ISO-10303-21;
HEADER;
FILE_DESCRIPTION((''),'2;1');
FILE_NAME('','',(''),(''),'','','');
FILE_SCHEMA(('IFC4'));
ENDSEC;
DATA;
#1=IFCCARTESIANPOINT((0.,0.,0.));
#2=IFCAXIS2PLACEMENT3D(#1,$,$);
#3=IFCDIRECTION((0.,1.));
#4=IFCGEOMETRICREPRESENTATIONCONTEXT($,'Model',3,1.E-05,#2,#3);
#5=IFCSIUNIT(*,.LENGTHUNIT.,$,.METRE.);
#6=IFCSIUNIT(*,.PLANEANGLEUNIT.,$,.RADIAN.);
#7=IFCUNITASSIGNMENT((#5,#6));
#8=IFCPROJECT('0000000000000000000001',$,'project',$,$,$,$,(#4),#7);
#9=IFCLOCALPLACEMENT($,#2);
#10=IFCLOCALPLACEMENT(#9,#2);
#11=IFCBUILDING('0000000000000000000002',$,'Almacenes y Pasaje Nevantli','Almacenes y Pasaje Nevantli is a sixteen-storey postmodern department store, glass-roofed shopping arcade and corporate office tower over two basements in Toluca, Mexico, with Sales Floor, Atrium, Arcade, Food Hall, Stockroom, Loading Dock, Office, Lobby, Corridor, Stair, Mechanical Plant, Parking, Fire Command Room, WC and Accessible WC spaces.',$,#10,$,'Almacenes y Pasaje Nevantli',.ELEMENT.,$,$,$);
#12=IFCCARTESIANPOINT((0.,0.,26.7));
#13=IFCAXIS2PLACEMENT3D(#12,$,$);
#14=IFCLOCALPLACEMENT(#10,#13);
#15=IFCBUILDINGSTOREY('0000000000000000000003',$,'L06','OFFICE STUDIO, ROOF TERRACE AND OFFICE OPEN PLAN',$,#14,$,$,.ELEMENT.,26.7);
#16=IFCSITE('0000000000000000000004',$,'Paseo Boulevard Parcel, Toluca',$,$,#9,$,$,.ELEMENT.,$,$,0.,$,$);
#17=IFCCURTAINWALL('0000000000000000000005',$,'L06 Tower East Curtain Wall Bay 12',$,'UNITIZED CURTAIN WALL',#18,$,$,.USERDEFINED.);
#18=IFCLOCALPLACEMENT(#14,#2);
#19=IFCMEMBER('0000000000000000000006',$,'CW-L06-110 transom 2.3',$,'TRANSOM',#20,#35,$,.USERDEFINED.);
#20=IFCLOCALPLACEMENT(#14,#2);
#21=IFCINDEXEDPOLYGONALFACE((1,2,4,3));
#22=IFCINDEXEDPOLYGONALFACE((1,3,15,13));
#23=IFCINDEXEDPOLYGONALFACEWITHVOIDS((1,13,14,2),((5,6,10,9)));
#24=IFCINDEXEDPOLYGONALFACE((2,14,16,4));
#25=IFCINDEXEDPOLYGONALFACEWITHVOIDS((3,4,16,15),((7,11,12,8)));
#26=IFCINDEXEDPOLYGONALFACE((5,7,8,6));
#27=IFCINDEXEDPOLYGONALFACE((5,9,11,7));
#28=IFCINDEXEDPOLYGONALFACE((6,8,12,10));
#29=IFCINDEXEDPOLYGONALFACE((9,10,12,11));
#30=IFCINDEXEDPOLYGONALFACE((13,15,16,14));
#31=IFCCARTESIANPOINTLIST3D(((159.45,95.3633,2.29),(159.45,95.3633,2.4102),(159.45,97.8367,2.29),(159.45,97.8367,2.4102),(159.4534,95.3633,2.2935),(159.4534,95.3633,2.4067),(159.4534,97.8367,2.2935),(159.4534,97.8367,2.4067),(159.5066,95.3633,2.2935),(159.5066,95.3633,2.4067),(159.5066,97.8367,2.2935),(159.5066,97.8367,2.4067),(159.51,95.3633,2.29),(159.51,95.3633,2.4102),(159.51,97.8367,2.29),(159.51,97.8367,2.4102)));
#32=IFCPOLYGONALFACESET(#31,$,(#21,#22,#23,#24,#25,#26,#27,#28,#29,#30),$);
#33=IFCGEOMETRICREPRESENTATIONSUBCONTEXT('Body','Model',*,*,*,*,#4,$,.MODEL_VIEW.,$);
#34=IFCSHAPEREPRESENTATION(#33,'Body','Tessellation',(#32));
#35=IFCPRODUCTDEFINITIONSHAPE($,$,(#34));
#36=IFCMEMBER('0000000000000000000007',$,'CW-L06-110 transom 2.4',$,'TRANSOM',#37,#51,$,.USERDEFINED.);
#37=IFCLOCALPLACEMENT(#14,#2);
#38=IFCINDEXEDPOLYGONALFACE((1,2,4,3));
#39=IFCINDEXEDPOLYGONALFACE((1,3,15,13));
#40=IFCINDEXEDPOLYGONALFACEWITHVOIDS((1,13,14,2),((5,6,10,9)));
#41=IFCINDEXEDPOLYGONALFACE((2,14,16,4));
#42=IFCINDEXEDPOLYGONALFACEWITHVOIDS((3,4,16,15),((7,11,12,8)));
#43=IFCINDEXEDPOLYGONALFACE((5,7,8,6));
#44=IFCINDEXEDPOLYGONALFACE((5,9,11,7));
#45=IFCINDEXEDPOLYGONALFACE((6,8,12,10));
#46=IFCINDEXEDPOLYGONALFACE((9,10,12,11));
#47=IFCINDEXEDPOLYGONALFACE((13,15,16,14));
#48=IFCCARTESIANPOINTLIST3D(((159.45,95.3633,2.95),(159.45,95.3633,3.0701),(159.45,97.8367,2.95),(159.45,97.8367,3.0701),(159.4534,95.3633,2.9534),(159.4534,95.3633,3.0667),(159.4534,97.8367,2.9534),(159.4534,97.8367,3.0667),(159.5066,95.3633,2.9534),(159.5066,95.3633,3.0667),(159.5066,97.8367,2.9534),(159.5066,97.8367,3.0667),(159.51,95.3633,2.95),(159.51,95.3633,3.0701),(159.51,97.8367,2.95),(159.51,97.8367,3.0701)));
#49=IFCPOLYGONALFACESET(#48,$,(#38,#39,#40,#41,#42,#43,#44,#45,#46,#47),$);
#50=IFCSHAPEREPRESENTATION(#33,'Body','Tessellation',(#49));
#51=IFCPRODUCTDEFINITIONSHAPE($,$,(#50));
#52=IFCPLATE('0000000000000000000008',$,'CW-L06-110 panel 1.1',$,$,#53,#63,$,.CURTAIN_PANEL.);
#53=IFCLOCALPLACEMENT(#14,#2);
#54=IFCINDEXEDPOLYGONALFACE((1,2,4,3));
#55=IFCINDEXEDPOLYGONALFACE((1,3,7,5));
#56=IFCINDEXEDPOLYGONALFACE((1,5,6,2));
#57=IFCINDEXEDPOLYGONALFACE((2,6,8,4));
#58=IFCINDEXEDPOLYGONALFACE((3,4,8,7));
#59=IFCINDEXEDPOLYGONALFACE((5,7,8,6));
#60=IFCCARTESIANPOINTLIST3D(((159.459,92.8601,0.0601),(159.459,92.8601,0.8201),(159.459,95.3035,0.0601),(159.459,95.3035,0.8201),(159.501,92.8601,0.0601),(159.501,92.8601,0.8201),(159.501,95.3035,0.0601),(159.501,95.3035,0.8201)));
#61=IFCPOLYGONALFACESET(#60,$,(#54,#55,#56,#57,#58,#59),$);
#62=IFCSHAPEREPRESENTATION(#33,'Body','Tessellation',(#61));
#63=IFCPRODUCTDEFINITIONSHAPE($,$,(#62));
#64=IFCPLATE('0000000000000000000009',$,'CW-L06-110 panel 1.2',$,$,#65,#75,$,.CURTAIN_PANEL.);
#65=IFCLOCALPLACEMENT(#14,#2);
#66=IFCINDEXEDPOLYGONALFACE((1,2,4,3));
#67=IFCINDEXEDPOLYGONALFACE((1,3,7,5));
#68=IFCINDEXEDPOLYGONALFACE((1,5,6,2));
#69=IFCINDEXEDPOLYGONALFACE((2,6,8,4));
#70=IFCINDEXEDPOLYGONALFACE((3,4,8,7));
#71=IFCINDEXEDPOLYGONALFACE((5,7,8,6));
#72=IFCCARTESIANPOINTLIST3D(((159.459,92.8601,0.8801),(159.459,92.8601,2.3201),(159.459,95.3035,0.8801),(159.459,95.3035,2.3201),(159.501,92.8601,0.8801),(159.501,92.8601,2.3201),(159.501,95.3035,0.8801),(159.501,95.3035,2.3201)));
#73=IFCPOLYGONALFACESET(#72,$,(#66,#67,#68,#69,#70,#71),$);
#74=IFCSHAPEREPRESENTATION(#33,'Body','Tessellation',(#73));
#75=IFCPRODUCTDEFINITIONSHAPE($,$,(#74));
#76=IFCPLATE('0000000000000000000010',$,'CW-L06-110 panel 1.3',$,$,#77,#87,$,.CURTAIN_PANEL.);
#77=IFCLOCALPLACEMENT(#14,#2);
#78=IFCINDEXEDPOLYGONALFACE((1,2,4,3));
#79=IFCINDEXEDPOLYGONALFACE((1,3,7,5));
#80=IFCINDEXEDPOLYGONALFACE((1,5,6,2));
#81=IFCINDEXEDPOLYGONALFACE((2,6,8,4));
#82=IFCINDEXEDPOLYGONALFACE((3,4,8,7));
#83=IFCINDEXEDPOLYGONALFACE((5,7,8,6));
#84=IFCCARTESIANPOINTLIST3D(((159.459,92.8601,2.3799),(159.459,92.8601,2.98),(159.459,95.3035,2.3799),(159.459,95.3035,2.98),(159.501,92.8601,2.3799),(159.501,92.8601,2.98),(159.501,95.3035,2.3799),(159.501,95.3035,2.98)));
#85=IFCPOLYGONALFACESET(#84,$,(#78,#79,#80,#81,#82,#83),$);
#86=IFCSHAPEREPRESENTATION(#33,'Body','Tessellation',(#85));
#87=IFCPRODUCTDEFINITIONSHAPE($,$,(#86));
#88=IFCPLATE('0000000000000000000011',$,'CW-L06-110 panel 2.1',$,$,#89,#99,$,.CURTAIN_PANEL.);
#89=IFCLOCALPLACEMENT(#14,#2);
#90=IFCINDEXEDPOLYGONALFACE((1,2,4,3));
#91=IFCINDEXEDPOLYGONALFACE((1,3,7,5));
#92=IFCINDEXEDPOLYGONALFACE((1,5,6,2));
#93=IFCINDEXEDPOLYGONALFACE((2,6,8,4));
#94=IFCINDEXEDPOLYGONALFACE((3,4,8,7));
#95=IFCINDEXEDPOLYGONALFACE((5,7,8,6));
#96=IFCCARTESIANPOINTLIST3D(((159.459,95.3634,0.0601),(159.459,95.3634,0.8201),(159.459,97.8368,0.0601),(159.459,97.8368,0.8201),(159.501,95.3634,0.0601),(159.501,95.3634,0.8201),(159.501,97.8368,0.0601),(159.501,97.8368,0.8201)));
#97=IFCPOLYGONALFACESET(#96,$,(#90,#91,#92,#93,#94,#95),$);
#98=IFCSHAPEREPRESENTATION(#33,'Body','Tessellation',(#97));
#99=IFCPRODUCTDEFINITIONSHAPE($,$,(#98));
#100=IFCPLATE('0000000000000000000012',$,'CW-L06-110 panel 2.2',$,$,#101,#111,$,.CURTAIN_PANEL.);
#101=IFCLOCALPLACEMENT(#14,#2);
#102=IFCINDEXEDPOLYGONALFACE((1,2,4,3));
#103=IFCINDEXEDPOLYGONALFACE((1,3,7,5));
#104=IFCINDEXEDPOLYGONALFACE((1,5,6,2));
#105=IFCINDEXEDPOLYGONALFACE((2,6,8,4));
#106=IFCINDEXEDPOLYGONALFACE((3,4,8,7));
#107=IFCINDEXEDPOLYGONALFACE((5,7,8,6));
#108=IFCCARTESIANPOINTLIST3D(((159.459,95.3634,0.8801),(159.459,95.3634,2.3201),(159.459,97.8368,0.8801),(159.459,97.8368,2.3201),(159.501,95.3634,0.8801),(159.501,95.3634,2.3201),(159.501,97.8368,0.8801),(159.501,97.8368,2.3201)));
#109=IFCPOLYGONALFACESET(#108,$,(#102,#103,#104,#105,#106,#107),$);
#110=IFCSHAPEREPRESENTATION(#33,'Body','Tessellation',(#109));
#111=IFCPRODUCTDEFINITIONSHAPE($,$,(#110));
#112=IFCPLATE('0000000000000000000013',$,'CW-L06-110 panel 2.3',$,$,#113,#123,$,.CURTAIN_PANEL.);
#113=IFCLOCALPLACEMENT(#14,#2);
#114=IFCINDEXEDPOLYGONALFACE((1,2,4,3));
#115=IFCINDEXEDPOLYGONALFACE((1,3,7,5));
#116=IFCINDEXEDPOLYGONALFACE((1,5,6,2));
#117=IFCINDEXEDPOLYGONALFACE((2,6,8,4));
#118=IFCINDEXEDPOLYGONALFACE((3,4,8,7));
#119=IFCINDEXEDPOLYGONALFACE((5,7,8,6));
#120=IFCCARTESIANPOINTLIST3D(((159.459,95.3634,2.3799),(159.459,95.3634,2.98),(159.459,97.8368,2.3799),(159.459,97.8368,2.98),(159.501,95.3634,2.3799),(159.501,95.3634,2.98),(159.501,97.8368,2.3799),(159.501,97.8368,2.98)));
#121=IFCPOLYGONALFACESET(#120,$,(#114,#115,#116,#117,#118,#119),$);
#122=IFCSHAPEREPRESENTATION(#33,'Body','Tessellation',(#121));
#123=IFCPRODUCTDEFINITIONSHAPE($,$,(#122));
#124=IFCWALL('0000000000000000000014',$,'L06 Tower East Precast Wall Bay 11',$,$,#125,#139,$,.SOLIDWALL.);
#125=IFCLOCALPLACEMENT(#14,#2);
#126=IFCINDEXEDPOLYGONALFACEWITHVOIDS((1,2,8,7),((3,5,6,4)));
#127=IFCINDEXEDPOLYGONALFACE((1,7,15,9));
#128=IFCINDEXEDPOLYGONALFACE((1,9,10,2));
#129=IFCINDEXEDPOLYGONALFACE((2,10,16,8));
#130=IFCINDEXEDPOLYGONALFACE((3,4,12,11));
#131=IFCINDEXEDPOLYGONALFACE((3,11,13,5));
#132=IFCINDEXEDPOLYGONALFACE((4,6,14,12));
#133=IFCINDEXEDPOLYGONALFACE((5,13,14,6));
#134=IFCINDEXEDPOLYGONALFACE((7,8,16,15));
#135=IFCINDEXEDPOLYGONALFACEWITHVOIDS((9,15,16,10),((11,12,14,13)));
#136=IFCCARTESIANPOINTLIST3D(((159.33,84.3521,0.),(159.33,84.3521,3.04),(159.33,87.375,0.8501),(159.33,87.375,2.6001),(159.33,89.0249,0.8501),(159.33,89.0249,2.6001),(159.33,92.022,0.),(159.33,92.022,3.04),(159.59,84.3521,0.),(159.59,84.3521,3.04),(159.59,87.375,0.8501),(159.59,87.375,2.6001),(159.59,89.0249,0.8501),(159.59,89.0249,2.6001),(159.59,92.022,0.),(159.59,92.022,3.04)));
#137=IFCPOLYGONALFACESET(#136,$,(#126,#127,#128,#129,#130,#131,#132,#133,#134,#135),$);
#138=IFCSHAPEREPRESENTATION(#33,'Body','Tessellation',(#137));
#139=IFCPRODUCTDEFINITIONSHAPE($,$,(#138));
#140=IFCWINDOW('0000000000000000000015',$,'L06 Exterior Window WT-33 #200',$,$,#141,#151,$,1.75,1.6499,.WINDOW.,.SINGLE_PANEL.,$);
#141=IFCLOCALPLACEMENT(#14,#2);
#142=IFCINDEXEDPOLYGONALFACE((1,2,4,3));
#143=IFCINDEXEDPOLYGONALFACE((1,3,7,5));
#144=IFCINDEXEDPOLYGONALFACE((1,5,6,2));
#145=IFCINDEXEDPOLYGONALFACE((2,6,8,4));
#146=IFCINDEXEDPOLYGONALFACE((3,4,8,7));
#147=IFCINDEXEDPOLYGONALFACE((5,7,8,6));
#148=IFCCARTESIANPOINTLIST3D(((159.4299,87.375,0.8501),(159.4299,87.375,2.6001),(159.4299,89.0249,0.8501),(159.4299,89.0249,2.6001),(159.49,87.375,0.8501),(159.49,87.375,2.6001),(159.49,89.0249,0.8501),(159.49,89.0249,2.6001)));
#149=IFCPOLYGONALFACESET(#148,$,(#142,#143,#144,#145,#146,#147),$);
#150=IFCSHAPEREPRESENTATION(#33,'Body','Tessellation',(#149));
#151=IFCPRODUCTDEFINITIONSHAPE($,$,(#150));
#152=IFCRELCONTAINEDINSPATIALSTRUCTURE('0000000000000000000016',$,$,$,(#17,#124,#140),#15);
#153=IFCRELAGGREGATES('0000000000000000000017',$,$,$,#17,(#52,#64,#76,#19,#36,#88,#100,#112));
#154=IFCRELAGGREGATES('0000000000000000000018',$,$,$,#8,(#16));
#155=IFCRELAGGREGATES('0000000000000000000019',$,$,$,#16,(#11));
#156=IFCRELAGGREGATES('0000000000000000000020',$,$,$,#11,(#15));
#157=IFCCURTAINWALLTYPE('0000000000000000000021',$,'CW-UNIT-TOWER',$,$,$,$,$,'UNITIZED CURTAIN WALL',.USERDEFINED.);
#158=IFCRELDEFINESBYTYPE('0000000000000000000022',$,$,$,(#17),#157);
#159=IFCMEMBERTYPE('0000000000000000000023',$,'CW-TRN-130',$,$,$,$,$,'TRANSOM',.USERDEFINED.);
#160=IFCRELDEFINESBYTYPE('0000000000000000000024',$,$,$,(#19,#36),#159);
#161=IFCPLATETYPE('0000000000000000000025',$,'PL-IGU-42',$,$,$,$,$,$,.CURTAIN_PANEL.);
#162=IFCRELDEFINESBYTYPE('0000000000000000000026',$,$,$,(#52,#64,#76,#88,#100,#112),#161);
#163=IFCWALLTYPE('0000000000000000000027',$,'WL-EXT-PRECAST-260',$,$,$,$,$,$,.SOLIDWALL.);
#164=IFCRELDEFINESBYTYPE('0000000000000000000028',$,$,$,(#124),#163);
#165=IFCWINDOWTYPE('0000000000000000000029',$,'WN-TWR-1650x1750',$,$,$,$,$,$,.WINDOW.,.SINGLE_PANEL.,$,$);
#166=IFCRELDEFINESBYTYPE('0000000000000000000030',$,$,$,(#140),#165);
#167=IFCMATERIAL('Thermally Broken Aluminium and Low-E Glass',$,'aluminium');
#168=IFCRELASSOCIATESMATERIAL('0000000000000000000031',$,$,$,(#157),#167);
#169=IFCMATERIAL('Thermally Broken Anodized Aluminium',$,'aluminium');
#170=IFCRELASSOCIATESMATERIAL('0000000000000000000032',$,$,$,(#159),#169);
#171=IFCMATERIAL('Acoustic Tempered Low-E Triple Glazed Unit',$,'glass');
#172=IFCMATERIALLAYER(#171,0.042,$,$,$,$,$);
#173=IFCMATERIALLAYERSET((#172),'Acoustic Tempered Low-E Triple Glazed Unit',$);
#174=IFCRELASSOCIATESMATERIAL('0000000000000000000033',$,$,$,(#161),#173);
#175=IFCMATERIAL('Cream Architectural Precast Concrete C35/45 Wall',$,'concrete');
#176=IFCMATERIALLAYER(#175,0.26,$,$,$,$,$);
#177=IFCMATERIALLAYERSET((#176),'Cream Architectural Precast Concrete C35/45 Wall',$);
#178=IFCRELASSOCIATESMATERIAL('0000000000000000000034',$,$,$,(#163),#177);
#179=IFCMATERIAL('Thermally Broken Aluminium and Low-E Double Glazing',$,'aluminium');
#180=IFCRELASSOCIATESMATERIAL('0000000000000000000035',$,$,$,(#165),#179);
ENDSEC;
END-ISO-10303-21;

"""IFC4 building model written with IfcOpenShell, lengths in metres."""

from ifc_helpers import new_model, si_unit, direction, frame, frame_2d, origin, origin_2d, place, context, subcontext, project, spatial, rectangle, hollow_rectangle, extrude, material, layer, layer_set, material_profile, profile_set, type_object, element, fill, aggregate, save


model = new_model("IFC4")

# Units and contexts
model_context = context("Model", 3, precision=1e-05, world=origin(), true_north=direction((0.0, 1.0)))
body_context = subcontext(model_context, "Body", "Model", "MODEL_VIEW")
ifc_project = project(units=[si_unit("LENGTHUNIT", "METRE"), si_unit("PLANEANGLEUNIT", "RADIAN")], contexts=[model_context])

# Site, building, storey
site_placement = place(None, origin())
site = spatial("IfcSite", under=ifc_project, at=site_placement, Name="Paseo Boulevard Parcel, Toluca", CompositionType="ELEMENT", RefElevation=0.0)
building_placement = place(site_placement, origin())
building = spatial("IfcBuilding", under=site, at=building_placement, Name="Almacenes y Pasaje Nevantli", Description="Almacenes y Pasaje Nevantli is a sixteen-storey postmodern department store, glass-roofed shopping arcade and corporate office tower over two basements in Toluca, Mexico, with Sales Floor, Atrium, Arcade, Food Hall, Stockroom, Loading Dock, Office, Lobby, Corridor, Stair, Mechanical Plant, Parking, Fire Command Room, WC and Accessible WC spaces.", LongName="Almacenes y Pasaje Nevantli", CompositionType="ELEMENT")
storey_placement = place(building_placement, frame((0.0, 0.0, 26.7)))
storey = spatial("IfcBuildingStorey", under=building, at=storey_placement, Name="L06", Description="OFFICE STUDIO, ROOF TERRACE AND OFFICE OPEN PLAN", CompositionType="ELEMENT", Elevation=26.7)

# Curtain wall, members, plates
ifc_material_1 = material(Name="Thermally Broken Aluminium and Low-E Glass", Category="aluminium")
curtain_wall_type = type_object("IfcCurtainWallType", Name="CW-UNIT-TOWER", ElementType="UNITIZED CURTAIN WALL", PredefinedType="USERDEFINED", material=ifc_material_1)
curtain_wall_placement = place(storey_placement, origin())
curtain_wall = element("IfcCurtainWall", 1, at=curtain_wall_placement, inside=storey, type_object=curtain_wall_type, Name="L06 Tower East Curtain Wall Bay 12", ObjectType="UNITIZED CURTAIN WALL", PredefinedType="USERDEFINED")
ifc_material_2 = material(Name="Thermally Broken Anodized Aluminium", Category="aluminium")
ifc_material_profile_1 = material_profile(ifc_material_2, hollow_rectangle(XDim=0.0601, YDim=0.1201, WallThickness=0.0034, at=origin_2d()), Name="ALU-TRN-60x120")
ifc_profile_set_1 = profile_set([ifc_material_profile_1], Name="Thermally Broken Anodized Aluminium")
member_type_1 = type_object("IfcMemberType", Name="CW-TRN-130", ElementType="TRANSOM", PredefinedType="USERDEFINED", material=ifc_profile_set_1)
member_1_placement = place(storey_placement, frame((159.48, 95.3633, 2.3501), z_axis=(0.0, 1.0, 0.0), x_axis=(-1.0, 0.0, 0.0)))
member_1 = element("IfcMember", 2, at=member_1_placement, type_object=member_type_1, Name="CW-L06-110 transom 2.3", ObjectType="TRANSOM", PredefinedType="USERDEFINED", context=body_context, shape_type="SweptSolid", body=[
    extrude(hollow_rectangle(XDim=0.0601, YDim=0.1201, WallThickness=0.0034, at=origin_2d()), origin(), (0.0, 0.0, 1.0), 2.4734),
])
member_2_placement = place(storey_placement, frame((159.48, 95.3633, 3.01), z_axis=(0.0, 1.0, 0.0), x_axis=(-1.0, 0.0, 0.0)))
member_2 = element("IfcMember", 3, at=member_2_placement, type_object=member_type_1, Name="CW-L06-110 transom 2.4", ObjectType="TRANSOM", PredefinedType="USERDEFINED", context=body_context, shape_type="SweptSolid", body=[
    extrude(hollow_rectangle(XDim=0.0601, YDim=0.1201, WallThickness=0.0034, at=origin_2d()), origin(), (0.0, 0.0, 1.0), 2.4734),
])
ifc_material_3 = material(Name="Acoustic Tempered Low-E Triple Glazed Unit", Category="glass")
ifc_layer_1 = layer(ifc_material_3, 0.042)
ifc_layer_set_1 = layer_set([ifc_layer_1], Name="Acoustic Tempered Low-E Triple Glazed Unit")
plate_type = type_object("IfcPlateType", Name="PL-IGU-42", PredefinedType="CURTAIN_PANEL", material=ifc_layer_set_1)
plate_1_placement = place(storey_placement, frame((159.48, 94.0818, 0.0601), z_axis=(0.0, 0.0, 1.0), x_axis=(0.0, 1.0, 0.0)))
plate_1 = element("IfcPlate", 4, at=plate_1_placement, type_object=plate_type, Name="CW-L06-110 panel 1.1", PredefinedType="CURTAIN_PANEL", context=body_context, shape_type="SweptSolid", body=[
    extrude(rectangle(XDim=2.4434, YDim=0.042, at=origin_2d()), origin(), (0.0, 0.0, 1.0), 0.76),
])
plate_2_placement = place(storey_placement, frame((159.48, 94.0818, 0.8801), z_axis=(0.0, 0.0, 1.0), x_axis=(0.0, 1.0, 0.0)))
plate_2 = element("IfcPlate", 5, at=plate_2_placement, type_object=plate_type, Name="CW-L06-110 panel 1.2", PredefinedType="CURTAIN_PANEL", context=body_context, shape_type="SweptSolid", body=[
    extrude(rectangle(XDim=2.4434, YDim=0.042, at=origin_2d()), origin(), (0.0, 0.0, 1.0), 1.4399),
])
plate_3_placement = place(storey_placement, frame((159.48, 94.0818, 2.3799), z_axis=(0.0, 0.0, 1.0), x_axis=(0.0, 1.0, 0.0)))
plate_3 = element("IfcPlate", 6, at=plate_3_placement, type_object=plate_type, Name="CW-L06-110 panel 1.3", PredefinedType="CURTAIN_PANEL", context=body_context, shape_type="SweptSolid", body=[
    extrude(rectangle(XDim=2.4434, YDim=0.042, at=origin_2d()), origin(), (0.0, 0.0, 1.0), 0.6001),
])
plate_4_placement = place(storey_placement, frame((159.48, 96.6001, 0.0601), z_axis=(0.0, 0.0, 1.0), x_axis=(0.0, 1.0, 0.0)))
plate_4 = element("IfcPlate", 7, at=plate_4_placement, type_object=plate_type, Name="CW-L06-110 panel 2.1", PredefinedType="CURTAIN_PANEL", context=body_context, shape_type="SweptSolid", body=[
    extrude(rectangle(XDim=2.4734, YDim=0.042, at=origin_2d()), origin(), (0.0, 0.0, 1.0), 0.76),
])
plate_5_placement = place(storey_placement, frame((159.48, 96.6001, 0.8801), z_axis=(0.0, 0.0, 1.0), x_axis=(0.0, 1.0, 0.0)))
plate_5 = element("IfcPlate", 8, at=plate_5_placement, type_object=plate_type, Name="CW-L06-110 panel 2.2", PredefinedType="CURTAIN_PANEL", context=body_context, shape_type="SweptSolid", body=[
    extrude(rectangle(XDim=2.4734, YDim=0.042, at=origin_2d()), origin(), (0.0, 0.0, 1.0), 1.4399),
])
plate_6_placement = place(storey_placement, frame((159.48, 96.6001, 2.3799), z_axis=(0.0, 0.0, 1.0), x_axis=(0.0, 1.0, 0.0)))
plate_6 = element("IfcPlate", 9, at=plate_6_placement, type_object=plate_type, Name="CW-L06-110 panel 2.3", PredefinedType="CURTAIN_PANEL", context=body_context, shape_type="SweptSolid", body=[
    extrude(rectangle(XDim=2.4734, YDim=0.042, at=origin_2d()), origin(), (0.0, 0.0, 1.0), 0.6001),
])
aggregate(curtain_wall, [plate_1, plate_2, plate_3, member_1, member_2, plate_4, plate_5, plate_6])

# Wall, opening, window
ifc_material_4 = material(Name="Cream Architectural Precast Concrete C35/45 Wall", Category="concrete")
ifc_layer_2 = layer(ifc_material_4, 0.26)
ifc_layer_set_2 = layer_set([ifc_layer_2], Name="Cream Architectural Precast Concrete C35/45 Wall")
wall_type = type_object("IfcWallType", Name="WL-EXT-PRECAST-260", PredefinedType="SOLIDWALL", material=ifc_layer_set_2)
wall_placement = place(storey_placement, frame((159.46, 84.3521, 0.0), z_axis=(0.0, 0.0, 1.0), x_axis=(0.0, 1.0, 0.0)))
wall = element("IfcWall", 10, at=wall_placement, inside=storey, type_object=wall_type, Name="L06 Tower East Precast Wall Bay 11", PredefinedType="SOLIDWALL", context=body_context, shape_type="SweptSolid", body=[
    extrude(rectangle(XDim=7.6699, YDim=0.26, at=frame_2d((3.835, 0.0))), origin(), (0.0, 0.0, 1.0), 3.04),
])
opening_placement = place(wall_placement, frame((3.0229, 0.0, 0.8501)))
opening = element("IfcOpeningElement", 11, at=opening_placement, cuts=wall, PredefinedType="OPENING", context=body_context, shape_type="SweptSolid", body=[
    extrude(rectangle(XDim=1.6499, YDim=1.75, at=frame_2d((0.825, 0.875))), frame((0.0, 0.1399, 0.0), z_axis=(0.0, -1.0, 0.0), x_axis=(1.0, 0.0, 0.0)), (0.0, 0.0, 1.0), 0.28),
])
ifc_material_5 = material(Name="Thermally Broken Aluminium and Low-E Double Glazing", Category="aluminium")
window_type = type_object("IfcWindowType", Name="WN-TWR-1650x1750", PartitioningType="SINGLE_PANEL", PredefinedType="WINDOW", material=ifc_material_5)
window_placement = place(opening_placement, origin())
window = element("IfcWindow", 12, at=window_placement, inside=storey, type_object=window_type, Name="L06 Exterior Window WT-33 #200", OverallHeight=1.75, OverallWidth=1.6499, PartitioningType="SINGLE_PANEL", PredefinedType="WINDOW", context=body_context, shape_type="SweptSolid", body=[
    extrude(rectangle(XDim=1.6499, YDim=1.75, at=frame_2d((0.825, 0.875))), frame((0.0, 0.03, 0.0), z_axis=(0.0, -1.0, 0.0), x_axis=(1.0, 0.0, 0.0)), (0.0, 0.0, 1.0), 0.0601),
])
fill(opening, window)

save(model, "model.ifc")
